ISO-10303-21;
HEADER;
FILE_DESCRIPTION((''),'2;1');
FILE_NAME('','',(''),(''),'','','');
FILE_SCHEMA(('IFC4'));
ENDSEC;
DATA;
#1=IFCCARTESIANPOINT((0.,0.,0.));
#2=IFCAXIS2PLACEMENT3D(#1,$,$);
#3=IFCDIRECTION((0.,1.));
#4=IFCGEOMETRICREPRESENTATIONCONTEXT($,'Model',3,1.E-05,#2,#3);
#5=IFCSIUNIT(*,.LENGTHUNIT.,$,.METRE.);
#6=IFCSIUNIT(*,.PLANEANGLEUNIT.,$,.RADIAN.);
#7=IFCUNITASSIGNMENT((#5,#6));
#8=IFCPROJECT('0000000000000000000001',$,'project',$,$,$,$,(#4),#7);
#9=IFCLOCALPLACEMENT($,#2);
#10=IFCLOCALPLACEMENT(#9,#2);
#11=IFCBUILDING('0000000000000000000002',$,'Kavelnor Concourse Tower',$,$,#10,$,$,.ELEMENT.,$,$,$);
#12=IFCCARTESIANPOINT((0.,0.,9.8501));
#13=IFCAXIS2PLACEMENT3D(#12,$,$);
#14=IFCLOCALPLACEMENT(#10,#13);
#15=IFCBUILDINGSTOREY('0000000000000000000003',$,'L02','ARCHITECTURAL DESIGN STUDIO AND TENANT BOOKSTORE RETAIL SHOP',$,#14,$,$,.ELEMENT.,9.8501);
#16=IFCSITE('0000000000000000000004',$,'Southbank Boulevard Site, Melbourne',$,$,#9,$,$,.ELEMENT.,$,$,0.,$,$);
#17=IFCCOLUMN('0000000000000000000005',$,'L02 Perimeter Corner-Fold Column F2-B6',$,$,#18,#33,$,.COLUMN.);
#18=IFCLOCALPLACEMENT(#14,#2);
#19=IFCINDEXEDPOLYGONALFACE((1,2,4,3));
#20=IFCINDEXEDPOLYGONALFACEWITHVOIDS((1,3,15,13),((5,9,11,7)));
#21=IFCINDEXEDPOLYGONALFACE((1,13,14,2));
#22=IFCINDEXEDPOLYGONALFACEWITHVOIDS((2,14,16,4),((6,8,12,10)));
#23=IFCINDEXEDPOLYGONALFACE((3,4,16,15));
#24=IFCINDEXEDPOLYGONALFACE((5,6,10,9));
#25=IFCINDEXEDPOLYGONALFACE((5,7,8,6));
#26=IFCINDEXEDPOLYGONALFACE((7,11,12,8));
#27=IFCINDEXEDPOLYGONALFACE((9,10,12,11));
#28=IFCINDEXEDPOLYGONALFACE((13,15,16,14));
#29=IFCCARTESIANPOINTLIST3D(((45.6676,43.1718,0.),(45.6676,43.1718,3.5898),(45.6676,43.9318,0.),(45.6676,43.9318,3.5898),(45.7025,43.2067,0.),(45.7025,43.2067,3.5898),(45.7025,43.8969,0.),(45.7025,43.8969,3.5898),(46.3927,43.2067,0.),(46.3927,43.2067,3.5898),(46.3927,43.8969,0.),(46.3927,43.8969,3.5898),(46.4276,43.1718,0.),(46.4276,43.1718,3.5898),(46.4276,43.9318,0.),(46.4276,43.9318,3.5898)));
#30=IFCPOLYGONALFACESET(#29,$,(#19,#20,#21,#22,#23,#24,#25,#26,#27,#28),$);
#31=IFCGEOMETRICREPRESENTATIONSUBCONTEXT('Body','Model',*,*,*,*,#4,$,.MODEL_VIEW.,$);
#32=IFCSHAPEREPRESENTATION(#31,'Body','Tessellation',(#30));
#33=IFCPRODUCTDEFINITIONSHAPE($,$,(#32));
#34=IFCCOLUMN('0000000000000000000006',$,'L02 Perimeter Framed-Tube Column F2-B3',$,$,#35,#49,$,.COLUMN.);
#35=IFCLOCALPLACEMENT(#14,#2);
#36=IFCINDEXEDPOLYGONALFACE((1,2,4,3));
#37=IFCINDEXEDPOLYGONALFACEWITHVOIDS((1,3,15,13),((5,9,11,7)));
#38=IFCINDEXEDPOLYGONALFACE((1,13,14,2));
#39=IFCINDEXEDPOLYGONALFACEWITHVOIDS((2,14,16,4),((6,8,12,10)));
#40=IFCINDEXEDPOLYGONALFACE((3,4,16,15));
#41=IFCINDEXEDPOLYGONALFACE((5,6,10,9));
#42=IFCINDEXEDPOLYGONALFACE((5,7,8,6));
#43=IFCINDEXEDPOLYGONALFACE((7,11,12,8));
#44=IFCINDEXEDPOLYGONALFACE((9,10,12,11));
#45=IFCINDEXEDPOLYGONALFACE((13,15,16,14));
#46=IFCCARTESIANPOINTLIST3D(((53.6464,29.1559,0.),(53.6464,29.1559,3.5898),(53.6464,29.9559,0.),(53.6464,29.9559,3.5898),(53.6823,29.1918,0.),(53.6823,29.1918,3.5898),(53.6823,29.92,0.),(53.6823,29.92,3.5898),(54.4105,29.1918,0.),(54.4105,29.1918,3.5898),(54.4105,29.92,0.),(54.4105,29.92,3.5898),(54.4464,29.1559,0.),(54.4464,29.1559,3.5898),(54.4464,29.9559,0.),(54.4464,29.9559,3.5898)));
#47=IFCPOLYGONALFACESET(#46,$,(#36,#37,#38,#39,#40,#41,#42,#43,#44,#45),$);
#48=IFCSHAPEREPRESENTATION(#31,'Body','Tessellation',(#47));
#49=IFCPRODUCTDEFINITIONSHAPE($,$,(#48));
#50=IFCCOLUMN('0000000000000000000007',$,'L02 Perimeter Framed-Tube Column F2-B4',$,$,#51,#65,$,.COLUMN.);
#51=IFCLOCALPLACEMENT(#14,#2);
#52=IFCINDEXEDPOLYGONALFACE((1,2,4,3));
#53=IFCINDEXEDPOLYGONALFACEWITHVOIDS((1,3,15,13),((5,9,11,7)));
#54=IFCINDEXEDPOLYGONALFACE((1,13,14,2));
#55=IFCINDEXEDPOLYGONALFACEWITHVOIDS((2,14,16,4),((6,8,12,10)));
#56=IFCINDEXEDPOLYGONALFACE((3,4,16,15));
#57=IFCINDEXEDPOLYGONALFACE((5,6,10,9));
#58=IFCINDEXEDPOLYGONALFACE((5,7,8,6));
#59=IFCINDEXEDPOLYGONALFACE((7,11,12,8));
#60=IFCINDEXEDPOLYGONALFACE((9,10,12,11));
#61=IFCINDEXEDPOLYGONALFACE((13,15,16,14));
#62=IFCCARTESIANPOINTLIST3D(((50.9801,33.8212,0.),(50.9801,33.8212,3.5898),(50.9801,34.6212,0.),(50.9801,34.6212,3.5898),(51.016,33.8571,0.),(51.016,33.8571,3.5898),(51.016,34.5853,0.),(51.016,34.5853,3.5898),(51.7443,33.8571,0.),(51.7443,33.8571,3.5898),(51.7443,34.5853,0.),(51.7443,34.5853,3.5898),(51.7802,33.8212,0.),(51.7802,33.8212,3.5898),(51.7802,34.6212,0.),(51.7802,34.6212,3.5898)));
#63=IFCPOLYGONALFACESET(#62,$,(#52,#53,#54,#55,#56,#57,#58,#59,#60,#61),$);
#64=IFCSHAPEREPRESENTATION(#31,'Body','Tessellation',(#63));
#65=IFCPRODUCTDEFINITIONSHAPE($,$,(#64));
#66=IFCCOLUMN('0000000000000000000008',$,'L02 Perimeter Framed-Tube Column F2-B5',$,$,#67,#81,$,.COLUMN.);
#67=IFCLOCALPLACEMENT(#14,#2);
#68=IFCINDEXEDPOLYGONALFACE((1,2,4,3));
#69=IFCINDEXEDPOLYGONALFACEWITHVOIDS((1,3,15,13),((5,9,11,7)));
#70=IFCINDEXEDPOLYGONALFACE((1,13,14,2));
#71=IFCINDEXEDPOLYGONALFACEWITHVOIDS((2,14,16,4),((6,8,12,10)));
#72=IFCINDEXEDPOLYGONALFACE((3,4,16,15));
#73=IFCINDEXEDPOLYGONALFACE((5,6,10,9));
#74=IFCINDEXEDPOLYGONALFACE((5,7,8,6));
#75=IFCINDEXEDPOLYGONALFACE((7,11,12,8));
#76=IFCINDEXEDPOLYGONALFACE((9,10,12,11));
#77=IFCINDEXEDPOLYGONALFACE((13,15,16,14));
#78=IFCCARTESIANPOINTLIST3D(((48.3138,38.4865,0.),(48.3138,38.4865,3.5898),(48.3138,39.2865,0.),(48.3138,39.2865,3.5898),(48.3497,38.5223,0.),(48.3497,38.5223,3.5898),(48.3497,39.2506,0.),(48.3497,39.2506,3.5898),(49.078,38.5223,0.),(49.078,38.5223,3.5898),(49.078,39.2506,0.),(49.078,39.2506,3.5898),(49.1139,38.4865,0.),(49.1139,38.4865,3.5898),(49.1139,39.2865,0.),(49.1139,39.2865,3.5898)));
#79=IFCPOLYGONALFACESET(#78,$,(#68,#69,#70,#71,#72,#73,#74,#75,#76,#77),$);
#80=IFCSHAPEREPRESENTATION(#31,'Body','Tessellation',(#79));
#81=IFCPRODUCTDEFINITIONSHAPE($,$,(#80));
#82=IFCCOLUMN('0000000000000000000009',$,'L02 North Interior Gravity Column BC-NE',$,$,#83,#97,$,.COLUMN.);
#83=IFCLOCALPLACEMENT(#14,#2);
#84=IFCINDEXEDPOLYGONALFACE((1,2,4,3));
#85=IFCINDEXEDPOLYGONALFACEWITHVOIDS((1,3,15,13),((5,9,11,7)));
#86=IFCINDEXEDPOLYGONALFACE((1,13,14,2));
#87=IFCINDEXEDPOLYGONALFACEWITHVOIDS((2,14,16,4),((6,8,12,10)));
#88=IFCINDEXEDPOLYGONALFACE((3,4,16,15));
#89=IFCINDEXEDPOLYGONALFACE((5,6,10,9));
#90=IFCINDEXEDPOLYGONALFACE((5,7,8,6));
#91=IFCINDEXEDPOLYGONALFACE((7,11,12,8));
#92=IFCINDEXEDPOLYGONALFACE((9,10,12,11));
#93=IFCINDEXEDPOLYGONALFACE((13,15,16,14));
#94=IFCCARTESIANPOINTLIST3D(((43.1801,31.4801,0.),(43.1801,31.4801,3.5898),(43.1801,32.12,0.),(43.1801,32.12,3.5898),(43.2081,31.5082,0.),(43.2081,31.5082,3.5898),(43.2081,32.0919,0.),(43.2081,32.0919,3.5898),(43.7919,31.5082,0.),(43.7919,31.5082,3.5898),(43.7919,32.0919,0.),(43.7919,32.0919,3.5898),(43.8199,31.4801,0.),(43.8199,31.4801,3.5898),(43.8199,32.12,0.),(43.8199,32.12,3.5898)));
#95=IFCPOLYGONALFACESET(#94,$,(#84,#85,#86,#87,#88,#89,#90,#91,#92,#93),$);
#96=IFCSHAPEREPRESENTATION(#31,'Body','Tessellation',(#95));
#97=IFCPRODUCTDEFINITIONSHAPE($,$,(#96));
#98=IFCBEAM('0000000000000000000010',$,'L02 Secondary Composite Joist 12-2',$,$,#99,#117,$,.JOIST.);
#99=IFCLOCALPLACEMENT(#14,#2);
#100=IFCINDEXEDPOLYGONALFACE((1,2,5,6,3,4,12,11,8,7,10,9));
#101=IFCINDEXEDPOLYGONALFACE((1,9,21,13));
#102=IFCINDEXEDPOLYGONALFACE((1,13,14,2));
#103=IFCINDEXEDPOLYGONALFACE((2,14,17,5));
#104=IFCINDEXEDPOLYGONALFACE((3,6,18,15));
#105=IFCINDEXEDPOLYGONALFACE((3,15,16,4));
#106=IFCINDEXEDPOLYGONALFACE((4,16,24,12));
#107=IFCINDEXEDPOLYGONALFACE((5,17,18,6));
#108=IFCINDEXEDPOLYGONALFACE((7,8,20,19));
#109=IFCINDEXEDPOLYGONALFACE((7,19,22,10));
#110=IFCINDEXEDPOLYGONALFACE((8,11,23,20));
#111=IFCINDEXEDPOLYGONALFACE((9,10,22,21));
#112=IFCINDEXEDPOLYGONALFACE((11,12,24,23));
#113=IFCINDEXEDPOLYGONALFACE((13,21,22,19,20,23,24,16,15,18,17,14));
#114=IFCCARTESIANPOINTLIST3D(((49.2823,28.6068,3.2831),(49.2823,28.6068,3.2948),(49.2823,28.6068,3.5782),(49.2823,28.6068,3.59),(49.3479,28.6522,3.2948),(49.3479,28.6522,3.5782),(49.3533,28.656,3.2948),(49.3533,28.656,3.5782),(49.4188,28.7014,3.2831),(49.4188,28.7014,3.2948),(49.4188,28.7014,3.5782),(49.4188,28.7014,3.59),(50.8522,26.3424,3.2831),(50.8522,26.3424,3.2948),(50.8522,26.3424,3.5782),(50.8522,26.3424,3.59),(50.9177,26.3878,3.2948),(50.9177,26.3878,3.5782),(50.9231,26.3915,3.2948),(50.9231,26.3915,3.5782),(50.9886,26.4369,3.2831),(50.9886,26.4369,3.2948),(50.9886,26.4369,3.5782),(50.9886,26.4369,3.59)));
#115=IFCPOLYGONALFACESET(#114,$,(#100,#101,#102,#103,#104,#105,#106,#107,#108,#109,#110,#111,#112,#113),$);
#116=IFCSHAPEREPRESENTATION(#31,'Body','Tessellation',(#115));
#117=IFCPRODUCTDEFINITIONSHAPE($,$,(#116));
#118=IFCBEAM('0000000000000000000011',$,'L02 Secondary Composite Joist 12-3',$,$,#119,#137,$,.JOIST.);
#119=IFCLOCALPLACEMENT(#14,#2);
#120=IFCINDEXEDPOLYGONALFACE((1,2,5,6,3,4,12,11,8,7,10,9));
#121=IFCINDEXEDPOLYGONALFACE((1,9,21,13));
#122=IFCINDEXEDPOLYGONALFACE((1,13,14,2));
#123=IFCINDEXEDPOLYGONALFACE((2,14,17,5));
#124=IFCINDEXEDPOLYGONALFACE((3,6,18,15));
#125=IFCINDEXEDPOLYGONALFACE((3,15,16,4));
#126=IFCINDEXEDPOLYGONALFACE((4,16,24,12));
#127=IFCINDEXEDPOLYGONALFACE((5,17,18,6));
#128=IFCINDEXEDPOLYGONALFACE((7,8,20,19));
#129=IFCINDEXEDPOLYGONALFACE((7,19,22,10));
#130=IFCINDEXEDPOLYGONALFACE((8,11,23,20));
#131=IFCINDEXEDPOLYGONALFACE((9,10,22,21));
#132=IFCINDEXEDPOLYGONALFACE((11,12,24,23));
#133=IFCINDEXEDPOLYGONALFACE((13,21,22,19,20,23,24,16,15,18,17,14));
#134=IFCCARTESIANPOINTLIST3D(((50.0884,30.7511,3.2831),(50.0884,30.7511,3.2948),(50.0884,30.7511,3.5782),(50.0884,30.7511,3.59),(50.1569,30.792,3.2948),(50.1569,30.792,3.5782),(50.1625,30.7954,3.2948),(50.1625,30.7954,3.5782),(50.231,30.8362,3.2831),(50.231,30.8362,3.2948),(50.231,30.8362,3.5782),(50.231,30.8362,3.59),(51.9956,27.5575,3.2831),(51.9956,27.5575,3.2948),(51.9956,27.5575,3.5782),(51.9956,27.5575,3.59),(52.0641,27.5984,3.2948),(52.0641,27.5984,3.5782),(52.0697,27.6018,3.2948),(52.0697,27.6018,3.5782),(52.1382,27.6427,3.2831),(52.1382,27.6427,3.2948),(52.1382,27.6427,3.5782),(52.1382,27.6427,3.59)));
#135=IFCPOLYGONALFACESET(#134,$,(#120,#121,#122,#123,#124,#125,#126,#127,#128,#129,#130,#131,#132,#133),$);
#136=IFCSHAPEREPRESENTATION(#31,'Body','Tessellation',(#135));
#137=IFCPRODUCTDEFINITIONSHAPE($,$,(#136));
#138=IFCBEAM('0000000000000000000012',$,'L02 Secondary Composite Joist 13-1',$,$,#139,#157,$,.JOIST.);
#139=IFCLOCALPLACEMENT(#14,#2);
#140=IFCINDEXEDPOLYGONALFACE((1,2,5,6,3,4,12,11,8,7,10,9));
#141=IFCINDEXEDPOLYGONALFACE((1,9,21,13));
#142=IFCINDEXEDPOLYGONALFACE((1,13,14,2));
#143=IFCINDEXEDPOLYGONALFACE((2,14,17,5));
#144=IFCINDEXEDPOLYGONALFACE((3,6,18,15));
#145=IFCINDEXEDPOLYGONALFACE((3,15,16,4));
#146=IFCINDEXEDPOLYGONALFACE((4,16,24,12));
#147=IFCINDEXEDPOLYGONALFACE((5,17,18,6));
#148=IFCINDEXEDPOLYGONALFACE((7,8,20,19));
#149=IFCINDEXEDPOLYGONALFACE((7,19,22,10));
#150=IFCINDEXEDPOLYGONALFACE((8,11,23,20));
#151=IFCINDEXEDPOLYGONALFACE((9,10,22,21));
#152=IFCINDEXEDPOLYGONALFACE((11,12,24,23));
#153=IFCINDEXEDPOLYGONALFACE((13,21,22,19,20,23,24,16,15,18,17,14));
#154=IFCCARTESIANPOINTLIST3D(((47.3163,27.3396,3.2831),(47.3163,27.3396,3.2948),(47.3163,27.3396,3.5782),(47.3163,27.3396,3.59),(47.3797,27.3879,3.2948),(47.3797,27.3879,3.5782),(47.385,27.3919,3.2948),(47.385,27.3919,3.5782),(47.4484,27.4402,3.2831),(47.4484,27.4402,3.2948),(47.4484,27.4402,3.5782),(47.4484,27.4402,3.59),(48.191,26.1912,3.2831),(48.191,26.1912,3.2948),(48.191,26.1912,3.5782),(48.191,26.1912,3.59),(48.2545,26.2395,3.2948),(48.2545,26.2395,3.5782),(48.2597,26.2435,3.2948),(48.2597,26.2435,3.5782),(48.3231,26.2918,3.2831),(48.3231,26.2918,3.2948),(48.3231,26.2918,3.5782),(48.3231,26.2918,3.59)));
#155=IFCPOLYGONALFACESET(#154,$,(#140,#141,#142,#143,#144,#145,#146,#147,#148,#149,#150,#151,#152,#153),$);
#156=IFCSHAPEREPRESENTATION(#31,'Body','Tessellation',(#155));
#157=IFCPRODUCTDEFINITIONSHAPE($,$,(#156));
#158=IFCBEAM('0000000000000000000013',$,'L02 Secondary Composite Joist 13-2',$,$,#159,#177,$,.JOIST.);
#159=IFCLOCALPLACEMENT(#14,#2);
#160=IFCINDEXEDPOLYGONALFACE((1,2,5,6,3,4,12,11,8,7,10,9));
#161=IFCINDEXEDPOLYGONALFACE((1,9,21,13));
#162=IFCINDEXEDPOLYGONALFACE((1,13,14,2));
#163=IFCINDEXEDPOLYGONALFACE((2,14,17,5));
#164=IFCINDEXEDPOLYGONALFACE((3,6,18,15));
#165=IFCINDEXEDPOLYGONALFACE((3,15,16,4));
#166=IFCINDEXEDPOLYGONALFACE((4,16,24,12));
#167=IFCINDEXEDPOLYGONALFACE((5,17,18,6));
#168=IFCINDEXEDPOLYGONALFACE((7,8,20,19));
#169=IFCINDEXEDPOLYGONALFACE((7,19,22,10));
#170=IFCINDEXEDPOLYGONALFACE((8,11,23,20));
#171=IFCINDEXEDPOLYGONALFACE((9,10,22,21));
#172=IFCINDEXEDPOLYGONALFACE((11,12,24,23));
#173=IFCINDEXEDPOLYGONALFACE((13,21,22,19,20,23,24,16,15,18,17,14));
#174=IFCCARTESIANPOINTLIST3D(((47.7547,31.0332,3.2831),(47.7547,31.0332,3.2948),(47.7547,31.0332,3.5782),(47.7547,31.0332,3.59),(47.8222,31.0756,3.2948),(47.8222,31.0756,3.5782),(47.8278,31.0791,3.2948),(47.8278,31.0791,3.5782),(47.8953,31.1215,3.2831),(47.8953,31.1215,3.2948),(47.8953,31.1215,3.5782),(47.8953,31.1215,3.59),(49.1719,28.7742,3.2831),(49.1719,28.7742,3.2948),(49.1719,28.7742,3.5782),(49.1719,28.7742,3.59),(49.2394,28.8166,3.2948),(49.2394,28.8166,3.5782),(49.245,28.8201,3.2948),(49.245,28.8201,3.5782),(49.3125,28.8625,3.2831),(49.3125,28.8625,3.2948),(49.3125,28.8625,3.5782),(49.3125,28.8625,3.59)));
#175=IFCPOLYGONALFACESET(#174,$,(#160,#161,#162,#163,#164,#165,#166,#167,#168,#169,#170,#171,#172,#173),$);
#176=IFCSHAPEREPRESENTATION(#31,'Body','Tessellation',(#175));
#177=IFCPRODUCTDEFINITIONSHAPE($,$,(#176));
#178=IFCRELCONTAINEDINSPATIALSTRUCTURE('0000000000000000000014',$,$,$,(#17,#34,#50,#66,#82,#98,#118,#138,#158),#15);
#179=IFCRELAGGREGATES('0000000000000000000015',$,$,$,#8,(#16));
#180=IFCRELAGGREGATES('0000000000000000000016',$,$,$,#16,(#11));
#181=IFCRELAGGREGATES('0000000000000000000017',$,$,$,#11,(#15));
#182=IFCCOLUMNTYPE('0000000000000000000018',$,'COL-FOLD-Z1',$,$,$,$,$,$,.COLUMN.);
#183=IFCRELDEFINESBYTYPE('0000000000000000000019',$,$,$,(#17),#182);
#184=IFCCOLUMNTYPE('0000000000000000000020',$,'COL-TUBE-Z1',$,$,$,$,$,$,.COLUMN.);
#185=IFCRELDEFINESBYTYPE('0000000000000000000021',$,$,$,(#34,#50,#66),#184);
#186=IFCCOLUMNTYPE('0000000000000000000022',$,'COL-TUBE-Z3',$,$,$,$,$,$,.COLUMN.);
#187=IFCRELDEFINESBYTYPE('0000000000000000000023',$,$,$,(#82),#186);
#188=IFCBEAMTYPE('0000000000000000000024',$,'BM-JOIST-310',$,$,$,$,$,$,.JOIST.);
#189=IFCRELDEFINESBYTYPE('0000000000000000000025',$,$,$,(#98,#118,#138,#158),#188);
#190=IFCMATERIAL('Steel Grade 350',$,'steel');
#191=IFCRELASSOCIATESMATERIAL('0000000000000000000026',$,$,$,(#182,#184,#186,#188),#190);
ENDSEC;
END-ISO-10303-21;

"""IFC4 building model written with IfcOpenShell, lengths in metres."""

from ifc_helpers import new_model, si_unit, direction, frame, origin, origin_2d, place, context, subcontext, project, spatial, hollow_rectangle, i_section, extrude, material, material_profile, profile_set, type_object, element, save


model = new_model("IFC4")

# Units and contexts
model_context = context("Model", 3, precision=1e-05, world=origin(), true_north=direction((0.0, 1.0)))
body_context = subcontext(model_context, "Body", "Model", "MODEL_VIEW")
ifc_project = project(units=[si_unit("LENGTHUNIT", "METRE"), si_unit("PLANEANGLEUNIT", "RADIAN")], contexts=[model_context])

# Site, building, storey
site_placement = place(None, origin())
site = spatial("IfcSite", under=ifc_project, at=site_placement, Name="Southbank Boulevard Site, Melbourne", CompositionType="ELEMENT", RefElevation=0.0)
building_placement = place(site_placement, origin())
building = spatial("IfcBuilding", under=site, at=building_placement, Name="Kavelnor Concourse Tower", CompositionType="ELEMENT")
storey_placement = place(building_placement, frame((0.0, 0.0, 9.8501)))
storey = spatial("IfcBuildingStorey", under=building, at=storey_placement, Name="L02", Description="ARCHITECTURAL DESIGN STUDIO AND TENANT BOOKSTORE RETAIL SHOP", CompositionType="ELEMENT", Elevation=9.8501)

# Columns
ifc_material_1 = material(Name="Steel Grade 350", Category="steel")
ifc_material_profile_1 = material_profile(ifc_material_1, hollow_rectangle(XDim=0.76, YDim=0.76, WallThickness=0.0349, at=origin_2d()), Name="SHS 760x760x35")
ifc_profile_set_1 = profile_set([ifc_material_profile_1], Name="Steel Grade 350")
column_type_1 = type_object("IfcColumnType", Name="COL-FOLD-Z1", PredefinedType="COLUMN", material=ifc_profile_set_1)
column_1_placement = place(storey_placement, frame((46.0476, 43.5518, 0.0), z_axis=(0.0, 0.0, 1.0), x_axis=(1.0, 0.0, 0.0)))
element("IfcColumn", 1, at=column_1_placement, inside=storey, type_object=column_type_1, Name="L02 Perimeter Corner-Fold Column F2-B6", PredefinedType="COLUMN", context=body_context, shape_type="SweptSolid", body=[
    extrude(hollow_rectangle(XDim=0.76, YDim=0.76, WallThickness=0.0349, at=origin_2d()), origin(), (0.0, 0.0, 1.0), 3.5898),
])
ifc_material_profile_2 = material_profile(ifc_material_1, hollow_rectangle(XDim=0.8, YDim=0.8, WallThickness=0.0359, at=origin_2d()), Name="SHS 800x800x36")
ifc_profile_set_2 = profile_set([ifc_material_profile_2], Name="Steel Grade 350")
column_type_2 = type_object("IfcColumnType", Name="COL-TUBE-Z1", PredefinedType="COLUMN", material=ifc_profile_set_2)
for number, where, z_axis, x_axis, name in (
    (2, (54.0464, 29.5559, 0.0), (0.0, 0.0, 1.0), (1.0, 0.0, 0.0), "L02 Perimeter Framed-Tube Column F2-B3"),
    (3, (51.3801, 34.2212, 0.0), (0.0, 0.0, 1.0), (1.0, 0.0, 0.0), "L02 Perimeter Framed-Tube Column F2-B4"),
    (4, (48.7139, 38.8865, 0.0), (0.0, 0.0, 1.0), (1.0, 0.0, 0.0), "L02 Perimeter Framed-Tube Column F2-B5"),
):
    element("IfcColumn", number, at=place(storey_placement, frame(where, z_axis=z_axis, x_axis=x_axis)), inside=storey, type_object=column_type_2, Name=name, PredefinedType="COLUMN", context=body_context, shape_type="SweptSolid", body=[
        extrude(hollow_rectangle(XDim=0.8, YDim=0.8, WallThickness=0.0359, at=origin_2d()), origin(), (0.0, 0.0, 1.0), 3.5898),
    ])
ifc_material_profile_3 = material_profile(ifc_material_1, hollow_rectangle(XDim=0.6399, YDim=0.6399, WallThickness=0.0281, at=origin_2d()), Name="SHS 640x640x28")
ifc_profile_set_3 = profile_set([ifc_material_profile_3], Name="Steel Grade 350")
column_type_3 = type_object("IfcColumnType", Name="COL-TUBE-Z3", PredefinedType="COLUMN", material=ifc_profile_set_3)
column_2_placement = place(storey_placement, frame((43.5, 31.8, 0.0), z_axis=(0.0, 0.0, 1.0), x_axis=(1.0, 0.0, 0.0)))
element("IfcColumn", 5, at=column_2_placement, inside=storey, type_object=column_type_3, Name="L02 North Interior Gravity Column BC-NE", PredefinedType="COLUMN", context=body_context, shape_type="SweptSolid", body=[
    extrude(hollow_rectangle(XDim=0.6399, YDim=0.6399, WallThickness=0.0281, at=origin_2d()), origin(), (0.0, 0.0, 1.0), 3.5898),
])

# Beams
ifc_material_profile_4 = material_profile(ifc_material_1, i_section(OverallWidth=0.166, OverallDepth=0.3069, WebThickness=0.0066, FlangeThickness=0.0117, at=origin_2d()), Name="310UB46")
ifc_profile_set_4 = profile_set([ifc_material_profile_4], Name="Steel Grade 350")
beam_type_1 = type_object("IfcBeamType", Name="BM-JOIST-310", PredefinedType="JOIST", material=ifc_profile_set_4)
beam_1_placement = place(storey_placement, frame((50.9204, 26.3896, 3.4365), z_axis=(-0.56974, 0.821825, 0.0), x_axis=(-0.821825, -0.56974, 0.0)))
element("IfcBeam", 6, at=beam_1_placement, inside=storey, type_object=beam_type_1, Name="L02 Secondary Composite Joist 12-2", PredefinedType="JOIST", context=body_context, shape_type="SweptSolid", body=[
    extrude(i_section(OverallWidth=0.166, OverallDepth=0.3069, WebThickness=0.0066, FlangeThickness=0.0117, at=origin_2d()), origin(), (0.0, 0.0, 1.0), 2.7554),
])
beam_2_placement = place(storey_placement, frame((52.0669, 27.6001, 3.4365), z_axis=(-0.512728, 0.858551, 0.0), x_axis=(-0.858551, -0.512728, 0.0)))
element("IfcBeam", 7, at=beam_2_placement, inside=storey, type_object=beam_type_1, Name="L02 Secondary Composite Joist 12-3", PredefinedType="JOIST", context=body_context, shape_type="SweptSolid", body=[
    extrude(i_section(OverallWidth=0.166, OverallDepth=0.3069, WebThickness=0.0066, FlangeThickness=0.0117, at=origin_2d()), origin(), (0.0, 0.0, 1.0), 3.7197),
])
beam_3_placement = place(storey_placement, frame((48.2571, 26.2415, 3.4365), z_axis=(-0.605936, 0.795513, 0.0), x_axis=(-0.795513, -0.605936, 0.0)))
element("IfcBeam", 8, at=beam_3_placement, inside=storey, type_object=beam_type_1, Name="L02 Secondary Composite Joist 13-1", PredefinedType="JOIST", context=body_context, shape_type="SweptSolid", body=[
    extrude(i_section(OverallWidth=0.166, OverallDepth=0.3069, WebThickness=0.0066, FlangeThickness=0.0117, at=origin_2d()), origin(), (0.0, 0.0, 1.0), 1.4436),
])
beam_4_placement = place(storey_placement, frame((49.2422, 28.8184, 3.4365), z_axis=(-0.531438, 0.847097, 0.0), x_axis=(-0.847097, -0.531438, 0.0)))
element("IfcBeam", 9, at=beam_4_placement, inside=storey, type_object=beam_type_1, Name="L02 Secondary Composite Joist 13-2", PredefinedType="JOIST", context=body_context, shape_type="SweptSolid", body=[
    extrude(i_section(OverallWidth=0.166, OverallDepth=0.3069, WebThickness=0.0066, FlangeThickness=0.0117, at=origin_2d()), origin(), (0.0, 0.0, 1.0), 2.6667),
])

save(model, "model.ifc")
